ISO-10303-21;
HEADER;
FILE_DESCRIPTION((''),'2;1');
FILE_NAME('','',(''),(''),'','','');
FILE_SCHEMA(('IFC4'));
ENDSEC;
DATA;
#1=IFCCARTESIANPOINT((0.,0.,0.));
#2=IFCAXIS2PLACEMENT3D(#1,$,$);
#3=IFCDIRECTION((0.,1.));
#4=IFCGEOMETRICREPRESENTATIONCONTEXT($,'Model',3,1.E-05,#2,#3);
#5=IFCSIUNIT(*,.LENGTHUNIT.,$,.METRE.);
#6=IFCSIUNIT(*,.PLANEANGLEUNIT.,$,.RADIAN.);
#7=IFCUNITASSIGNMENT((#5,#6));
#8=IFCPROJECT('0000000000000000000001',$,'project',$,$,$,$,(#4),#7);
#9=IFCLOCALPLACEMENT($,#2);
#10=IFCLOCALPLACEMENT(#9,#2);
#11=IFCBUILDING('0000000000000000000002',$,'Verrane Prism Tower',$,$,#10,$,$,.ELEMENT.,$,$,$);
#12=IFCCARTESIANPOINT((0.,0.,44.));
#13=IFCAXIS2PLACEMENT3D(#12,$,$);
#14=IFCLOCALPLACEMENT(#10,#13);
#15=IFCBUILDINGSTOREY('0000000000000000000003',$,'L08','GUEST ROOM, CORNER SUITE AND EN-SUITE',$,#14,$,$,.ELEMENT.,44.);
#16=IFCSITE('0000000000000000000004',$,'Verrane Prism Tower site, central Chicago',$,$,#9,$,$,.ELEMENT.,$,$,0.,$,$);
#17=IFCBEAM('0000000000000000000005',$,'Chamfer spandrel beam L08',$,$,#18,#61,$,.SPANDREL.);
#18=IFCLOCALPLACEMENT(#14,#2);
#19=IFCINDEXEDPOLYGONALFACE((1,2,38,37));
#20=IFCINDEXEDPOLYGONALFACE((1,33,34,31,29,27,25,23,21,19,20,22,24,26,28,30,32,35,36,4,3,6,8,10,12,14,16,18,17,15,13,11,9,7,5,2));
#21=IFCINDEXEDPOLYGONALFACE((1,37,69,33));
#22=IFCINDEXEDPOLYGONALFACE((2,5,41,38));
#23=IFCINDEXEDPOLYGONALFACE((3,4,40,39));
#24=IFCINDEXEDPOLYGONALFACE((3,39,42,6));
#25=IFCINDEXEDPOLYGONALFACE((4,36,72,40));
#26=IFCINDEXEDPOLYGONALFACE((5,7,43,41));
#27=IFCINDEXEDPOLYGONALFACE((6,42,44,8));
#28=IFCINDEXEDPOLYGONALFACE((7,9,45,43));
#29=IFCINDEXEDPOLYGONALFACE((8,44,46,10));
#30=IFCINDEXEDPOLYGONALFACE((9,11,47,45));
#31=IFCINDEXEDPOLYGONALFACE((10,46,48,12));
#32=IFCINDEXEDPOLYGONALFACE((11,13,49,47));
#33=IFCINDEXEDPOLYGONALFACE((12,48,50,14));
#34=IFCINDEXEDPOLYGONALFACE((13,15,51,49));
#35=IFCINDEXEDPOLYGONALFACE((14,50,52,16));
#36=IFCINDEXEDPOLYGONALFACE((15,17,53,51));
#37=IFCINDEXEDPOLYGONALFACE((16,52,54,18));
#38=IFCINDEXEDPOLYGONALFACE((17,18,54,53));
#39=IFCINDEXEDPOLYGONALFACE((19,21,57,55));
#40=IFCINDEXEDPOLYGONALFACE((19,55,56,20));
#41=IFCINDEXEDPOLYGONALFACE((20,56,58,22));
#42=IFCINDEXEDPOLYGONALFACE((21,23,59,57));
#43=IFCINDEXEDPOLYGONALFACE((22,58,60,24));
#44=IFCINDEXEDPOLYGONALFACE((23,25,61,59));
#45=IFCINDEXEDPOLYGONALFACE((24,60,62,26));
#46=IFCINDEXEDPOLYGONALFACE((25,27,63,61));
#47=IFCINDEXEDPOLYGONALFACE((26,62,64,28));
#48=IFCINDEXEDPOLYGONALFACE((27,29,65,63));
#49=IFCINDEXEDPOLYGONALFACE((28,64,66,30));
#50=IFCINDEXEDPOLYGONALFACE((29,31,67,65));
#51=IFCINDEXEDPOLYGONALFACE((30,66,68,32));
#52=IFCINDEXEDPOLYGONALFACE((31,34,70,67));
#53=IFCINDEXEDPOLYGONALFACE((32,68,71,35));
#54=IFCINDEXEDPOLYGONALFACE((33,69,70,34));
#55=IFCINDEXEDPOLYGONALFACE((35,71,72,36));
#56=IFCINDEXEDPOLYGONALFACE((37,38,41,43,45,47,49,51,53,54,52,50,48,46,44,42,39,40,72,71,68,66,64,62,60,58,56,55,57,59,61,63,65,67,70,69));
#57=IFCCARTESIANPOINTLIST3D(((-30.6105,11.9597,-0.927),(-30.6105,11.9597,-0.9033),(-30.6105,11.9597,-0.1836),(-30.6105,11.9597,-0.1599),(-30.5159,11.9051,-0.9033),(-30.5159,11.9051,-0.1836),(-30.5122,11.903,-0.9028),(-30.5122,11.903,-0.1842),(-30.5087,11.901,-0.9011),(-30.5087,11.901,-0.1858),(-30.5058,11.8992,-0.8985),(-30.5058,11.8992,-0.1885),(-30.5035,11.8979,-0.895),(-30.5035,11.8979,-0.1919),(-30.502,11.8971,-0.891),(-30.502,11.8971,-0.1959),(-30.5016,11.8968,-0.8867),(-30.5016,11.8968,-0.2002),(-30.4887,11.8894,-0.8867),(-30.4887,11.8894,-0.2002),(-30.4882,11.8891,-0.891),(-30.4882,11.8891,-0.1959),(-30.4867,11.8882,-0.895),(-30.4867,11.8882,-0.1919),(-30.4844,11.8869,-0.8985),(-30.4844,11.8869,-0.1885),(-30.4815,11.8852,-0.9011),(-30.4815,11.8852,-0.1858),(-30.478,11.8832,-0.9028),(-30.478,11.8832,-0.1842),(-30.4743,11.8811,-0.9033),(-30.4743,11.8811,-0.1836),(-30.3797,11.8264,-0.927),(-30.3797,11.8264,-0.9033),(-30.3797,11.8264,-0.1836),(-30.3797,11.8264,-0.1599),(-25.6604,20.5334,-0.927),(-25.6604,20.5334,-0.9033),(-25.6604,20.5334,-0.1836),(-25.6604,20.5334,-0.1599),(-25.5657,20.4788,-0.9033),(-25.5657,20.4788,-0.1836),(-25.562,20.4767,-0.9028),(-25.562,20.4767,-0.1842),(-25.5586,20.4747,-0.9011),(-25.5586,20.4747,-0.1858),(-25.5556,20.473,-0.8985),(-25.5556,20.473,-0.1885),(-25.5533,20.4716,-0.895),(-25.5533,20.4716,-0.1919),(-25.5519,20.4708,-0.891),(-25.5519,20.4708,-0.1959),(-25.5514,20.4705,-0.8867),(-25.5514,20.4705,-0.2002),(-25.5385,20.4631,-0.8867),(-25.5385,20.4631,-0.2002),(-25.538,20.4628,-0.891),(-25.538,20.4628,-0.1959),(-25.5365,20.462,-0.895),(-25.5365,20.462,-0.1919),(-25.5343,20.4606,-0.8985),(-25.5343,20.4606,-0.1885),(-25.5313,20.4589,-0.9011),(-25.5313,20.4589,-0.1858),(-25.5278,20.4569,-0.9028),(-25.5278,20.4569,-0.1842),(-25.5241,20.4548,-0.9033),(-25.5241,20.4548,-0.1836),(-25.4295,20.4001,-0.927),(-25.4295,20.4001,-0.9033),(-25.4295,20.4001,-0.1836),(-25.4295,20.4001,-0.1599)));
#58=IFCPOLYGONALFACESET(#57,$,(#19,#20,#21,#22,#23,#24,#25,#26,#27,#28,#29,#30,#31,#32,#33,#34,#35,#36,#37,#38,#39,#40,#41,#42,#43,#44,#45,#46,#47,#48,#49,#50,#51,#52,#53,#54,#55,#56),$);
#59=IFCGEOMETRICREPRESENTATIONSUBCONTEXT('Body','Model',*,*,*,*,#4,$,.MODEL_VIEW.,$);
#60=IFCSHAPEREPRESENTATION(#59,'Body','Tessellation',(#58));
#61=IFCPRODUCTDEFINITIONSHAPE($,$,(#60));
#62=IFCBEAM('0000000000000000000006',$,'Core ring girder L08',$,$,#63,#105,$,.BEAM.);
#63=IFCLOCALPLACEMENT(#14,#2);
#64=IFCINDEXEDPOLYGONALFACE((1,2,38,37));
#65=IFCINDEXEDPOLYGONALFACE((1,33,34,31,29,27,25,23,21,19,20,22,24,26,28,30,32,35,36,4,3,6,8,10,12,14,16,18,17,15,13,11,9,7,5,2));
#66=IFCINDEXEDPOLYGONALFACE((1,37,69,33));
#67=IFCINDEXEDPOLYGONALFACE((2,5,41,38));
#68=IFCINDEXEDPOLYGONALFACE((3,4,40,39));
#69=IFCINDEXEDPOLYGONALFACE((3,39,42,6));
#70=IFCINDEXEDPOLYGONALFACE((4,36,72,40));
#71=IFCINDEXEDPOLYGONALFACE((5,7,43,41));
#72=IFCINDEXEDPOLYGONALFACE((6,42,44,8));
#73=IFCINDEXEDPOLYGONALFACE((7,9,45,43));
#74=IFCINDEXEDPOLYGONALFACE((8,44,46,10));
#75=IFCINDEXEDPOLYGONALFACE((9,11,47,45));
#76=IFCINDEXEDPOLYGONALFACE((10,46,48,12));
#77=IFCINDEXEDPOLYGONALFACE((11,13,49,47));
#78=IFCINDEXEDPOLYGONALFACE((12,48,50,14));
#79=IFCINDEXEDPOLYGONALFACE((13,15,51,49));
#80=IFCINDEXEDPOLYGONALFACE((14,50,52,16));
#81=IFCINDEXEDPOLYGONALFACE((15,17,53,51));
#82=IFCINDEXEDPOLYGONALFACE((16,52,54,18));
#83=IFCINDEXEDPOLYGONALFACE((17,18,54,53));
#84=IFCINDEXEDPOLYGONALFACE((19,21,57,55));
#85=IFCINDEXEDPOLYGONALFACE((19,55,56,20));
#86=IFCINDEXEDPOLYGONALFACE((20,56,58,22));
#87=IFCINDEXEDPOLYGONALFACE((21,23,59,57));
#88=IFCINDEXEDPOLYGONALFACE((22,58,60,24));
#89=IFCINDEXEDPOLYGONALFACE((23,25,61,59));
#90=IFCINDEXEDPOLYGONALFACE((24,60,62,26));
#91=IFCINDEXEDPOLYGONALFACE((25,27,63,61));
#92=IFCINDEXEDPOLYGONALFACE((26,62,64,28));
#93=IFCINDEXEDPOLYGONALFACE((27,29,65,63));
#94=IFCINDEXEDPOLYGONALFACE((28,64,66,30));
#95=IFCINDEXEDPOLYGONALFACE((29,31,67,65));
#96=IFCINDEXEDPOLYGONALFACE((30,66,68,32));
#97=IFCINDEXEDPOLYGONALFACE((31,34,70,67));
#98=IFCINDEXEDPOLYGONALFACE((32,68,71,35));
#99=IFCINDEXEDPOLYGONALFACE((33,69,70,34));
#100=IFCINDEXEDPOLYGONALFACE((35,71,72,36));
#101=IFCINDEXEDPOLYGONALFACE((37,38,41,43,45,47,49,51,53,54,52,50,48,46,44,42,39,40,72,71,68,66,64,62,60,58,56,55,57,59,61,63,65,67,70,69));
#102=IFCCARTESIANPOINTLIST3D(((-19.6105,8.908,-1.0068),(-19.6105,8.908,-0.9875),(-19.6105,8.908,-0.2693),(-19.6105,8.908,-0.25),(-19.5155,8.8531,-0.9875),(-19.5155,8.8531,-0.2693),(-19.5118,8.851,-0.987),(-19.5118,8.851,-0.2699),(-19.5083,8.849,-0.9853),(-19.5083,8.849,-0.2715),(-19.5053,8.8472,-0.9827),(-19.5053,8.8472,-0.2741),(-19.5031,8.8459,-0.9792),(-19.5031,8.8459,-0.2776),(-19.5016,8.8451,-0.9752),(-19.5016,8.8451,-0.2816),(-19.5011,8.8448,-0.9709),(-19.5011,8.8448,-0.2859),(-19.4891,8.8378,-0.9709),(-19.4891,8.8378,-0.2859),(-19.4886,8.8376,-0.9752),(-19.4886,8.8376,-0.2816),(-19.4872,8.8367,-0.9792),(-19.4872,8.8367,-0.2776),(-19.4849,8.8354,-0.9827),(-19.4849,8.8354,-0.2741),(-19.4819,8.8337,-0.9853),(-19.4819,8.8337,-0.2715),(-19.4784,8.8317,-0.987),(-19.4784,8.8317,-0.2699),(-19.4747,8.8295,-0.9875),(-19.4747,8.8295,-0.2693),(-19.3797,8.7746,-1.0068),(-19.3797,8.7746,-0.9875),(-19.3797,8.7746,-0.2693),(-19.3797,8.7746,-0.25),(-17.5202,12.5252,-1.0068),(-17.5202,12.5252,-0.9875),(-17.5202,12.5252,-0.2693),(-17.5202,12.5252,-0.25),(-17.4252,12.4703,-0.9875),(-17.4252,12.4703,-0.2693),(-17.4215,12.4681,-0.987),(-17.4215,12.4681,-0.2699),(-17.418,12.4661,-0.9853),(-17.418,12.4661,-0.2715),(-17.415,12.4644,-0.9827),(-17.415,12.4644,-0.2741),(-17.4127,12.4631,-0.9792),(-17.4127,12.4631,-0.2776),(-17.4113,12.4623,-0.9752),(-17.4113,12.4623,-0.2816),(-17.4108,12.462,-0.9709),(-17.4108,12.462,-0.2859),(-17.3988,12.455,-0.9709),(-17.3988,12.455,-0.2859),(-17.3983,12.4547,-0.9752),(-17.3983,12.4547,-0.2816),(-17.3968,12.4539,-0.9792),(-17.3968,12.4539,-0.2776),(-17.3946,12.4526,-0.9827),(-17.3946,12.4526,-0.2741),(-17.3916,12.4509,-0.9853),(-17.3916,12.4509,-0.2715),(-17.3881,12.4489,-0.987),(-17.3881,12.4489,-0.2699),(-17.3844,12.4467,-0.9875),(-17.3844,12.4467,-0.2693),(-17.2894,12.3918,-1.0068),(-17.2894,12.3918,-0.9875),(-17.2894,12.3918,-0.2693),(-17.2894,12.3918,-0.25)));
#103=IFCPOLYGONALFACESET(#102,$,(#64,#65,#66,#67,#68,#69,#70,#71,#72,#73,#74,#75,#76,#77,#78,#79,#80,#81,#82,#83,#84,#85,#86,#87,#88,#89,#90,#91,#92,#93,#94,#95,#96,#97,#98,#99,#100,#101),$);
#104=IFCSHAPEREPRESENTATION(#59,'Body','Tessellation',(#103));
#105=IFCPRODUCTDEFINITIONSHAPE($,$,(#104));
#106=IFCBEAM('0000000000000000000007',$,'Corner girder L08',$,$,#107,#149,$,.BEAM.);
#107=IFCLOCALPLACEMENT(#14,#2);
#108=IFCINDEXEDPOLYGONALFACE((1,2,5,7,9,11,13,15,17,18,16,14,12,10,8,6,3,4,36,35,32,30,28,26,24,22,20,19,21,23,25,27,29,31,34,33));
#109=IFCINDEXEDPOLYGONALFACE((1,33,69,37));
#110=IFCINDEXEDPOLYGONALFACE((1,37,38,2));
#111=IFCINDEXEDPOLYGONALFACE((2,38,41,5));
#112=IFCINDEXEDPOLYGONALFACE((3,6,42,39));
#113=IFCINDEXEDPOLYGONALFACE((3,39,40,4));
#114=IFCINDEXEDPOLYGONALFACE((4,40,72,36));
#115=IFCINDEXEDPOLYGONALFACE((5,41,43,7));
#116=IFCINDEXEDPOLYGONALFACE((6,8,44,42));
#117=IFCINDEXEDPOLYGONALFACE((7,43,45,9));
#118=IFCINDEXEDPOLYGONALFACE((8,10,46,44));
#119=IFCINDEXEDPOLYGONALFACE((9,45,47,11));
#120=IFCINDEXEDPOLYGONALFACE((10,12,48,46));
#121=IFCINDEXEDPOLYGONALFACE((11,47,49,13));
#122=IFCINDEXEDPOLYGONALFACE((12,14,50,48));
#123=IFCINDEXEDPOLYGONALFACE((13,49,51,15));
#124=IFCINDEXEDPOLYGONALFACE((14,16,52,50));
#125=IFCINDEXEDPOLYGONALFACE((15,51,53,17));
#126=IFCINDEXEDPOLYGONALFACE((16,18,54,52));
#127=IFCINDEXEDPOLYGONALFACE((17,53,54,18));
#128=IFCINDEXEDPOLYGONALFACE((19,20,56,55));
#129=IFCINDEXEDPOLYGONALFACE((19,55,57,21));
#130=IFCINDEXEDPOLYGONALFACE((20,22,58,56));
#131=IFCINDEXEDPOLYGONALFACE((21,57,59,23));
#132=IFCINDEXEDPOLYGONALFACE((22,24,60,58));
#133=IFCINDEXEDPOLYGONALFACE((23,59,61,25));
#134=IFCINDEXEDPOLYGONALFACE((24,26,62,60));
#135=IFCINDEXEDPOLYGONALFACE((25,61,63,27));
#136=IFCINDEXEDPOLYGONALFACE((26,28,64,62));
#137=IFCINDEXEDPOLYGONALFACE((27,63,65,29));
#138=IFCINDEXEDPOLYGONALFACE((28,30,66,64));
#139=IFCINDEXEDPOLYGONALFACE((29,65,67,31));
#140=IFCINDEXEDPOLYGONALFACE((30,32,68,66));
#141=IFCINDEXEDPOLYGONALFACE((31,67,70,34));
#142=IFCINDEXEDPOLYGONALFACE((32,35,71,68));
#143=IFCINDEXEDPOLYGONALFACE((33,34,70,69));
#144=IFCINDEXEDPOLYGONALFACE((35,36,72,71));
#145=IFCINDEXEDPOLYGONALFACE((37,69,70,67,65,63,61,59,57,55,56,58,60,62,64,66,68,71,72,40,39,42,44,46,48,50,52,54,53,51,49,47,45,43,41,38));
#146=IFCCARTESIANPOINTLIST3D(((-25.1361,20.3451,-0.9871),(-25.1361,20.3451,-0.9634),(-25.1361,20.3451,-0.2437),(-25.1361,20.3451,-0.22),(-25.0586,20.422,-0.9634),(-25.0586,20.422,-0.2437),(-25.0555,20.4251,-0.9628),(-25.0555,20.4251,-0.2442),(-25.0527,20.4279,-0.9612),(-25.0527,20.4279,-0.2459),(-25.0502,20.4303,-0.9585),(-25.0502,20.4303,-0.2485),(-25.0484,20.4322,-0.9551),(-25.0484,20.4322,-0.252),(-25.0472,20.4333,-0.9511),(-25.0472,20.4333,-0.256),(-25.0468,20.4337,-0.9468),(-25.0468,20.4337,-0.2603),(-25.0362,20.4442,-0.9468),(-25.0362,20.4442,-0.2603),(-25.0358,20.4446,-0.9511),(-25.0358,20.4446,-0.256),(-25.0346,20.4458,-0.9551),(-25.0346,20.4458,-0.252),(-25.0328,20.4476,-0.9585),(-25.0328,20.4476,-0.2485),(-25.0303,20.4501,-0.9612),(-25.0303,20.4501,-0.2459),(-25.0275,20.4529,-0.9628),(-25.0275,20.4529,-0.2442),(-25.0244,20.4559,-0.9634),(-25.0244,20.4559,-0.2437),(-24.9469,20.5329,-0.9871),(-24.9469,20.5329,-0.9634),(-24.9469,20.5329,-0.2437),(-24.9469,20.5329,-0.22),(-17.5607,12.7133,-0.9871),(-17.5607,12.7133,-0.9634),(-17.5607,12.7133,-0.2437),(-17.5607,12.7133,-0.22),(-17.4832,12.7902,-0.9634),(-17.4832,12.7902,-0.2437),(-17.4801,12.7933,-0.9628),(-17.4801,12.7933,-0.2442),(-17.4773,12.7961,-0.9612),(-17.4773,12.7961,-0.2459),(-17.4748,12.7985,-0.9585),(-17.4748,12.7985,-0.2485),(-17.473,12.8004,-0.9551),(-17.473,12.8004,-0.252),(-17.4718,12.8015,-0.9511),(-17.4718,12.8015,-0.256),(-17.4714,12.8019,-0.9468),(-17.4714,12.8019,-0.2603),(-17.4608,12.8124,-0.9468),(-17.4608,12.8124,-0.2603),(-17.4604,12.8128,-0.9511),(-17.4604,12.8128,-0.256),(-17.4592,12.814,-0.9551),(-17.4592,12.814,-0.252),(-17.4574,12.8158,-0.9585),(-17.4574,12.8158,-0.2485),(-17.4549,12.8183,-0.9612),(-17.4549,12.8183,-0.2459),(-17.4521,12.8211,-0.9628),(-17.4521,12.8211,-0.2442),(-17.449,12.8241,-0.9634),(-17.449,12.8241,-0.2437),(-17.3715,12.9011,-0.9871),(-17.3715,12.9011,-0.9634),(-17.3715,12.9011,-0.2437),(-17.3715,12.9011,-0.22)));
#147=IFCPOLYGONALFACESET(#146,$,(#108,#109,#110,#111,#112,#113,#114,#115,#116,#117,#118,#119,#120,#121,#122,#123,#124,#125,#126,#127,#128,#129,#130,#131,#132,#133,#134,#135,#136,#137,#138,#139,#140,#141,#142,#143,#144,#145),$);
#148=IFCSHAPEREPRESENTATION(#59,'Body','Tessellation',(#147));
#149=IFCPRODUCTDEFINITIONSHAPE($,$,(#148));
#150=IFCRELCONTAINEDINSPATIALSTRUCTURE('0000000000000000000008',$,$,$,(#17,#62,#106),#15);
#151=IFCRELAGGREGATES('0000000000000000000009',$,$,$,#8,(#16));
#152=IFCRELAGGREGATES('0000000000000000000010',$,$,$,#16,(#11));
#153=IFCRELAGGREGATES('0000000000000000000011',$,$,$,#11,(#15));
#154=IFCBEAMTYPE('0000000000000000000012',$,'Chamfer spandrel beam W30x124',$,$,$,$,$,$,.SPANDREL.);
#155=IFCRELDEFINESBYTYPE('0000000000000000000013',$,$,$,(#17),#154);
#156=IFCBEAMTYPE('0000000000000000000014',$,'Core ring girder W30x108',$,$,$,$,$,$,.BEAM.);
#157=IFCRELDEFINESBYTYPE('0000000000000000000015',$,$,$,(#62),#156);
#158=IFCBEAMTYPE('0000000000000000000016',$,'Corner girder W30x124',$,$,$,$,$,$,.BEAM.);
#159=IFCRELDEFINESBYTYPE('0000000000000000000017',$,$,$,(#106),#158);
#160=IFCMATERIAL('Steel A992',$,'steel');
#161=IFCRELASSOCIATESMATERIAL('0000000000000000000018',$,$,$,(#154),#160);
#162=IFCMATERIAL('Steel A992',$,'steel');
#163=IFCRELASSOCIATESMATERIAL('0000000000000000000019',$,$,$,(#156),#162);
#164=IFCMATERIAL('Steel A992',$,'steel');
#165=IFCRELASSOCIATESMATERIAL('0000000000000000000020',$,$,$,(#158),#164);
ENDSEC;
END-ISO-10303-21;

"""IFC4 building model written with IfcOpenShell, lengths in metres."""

from ifc_helpers import new_model, si_unit, direction, frame, origin, origin_2d, place, context, subcontext, project, spatial, i_section, extrude, material, material_profile, profile_set, type_object, element, save


model = new_model("IFC4")

# Units and contexts
model_context = context("Model", 3, precision=1e-05, world=origin(), true_north=direction((0.0, 1.0)))
body_context = subcontext(model_context, "Body", "Model", "MODEL_VIEW")
ifc_project = project(units=[si_unit("LENGTHUNIT", "METRE"), si_unit("PLANEANGLEUNIT", "RADIAN")], contexts=[model_context])

# Site, building, storey
site_placement = place(None, origin())
site = spatial("IfcSite", under=ifc_project, at=site_placement, Name="Verrane Prism Tower site, central Chicago", CompositionType="ELEMENT", RefElevation=0.0)
building_placement = place(site_placement, origin())
building = spatial("IfcBuilding", under=site, at=building_placement, Name="Verrane Prism Tower", CompositionType="ELEMENT")
storey_placement = place(building_placement, frame((0.0, 0.0, 44.0)))
storey = spatial("IfcBuildingStorey", under=building, at=storey_placement, Name="L08", Description="GUEST ROOM, CORNER SUITE AND EN-SUITE", CompositionType="ELEMENT", Elevation=44.0)

# Beams
ifc_material_1 = material(Name="Steel A992", Category="steel")
ifc_material_profile_1 = material_profile(ifc_material_1, i_section(OverallWidth=0.2666, OverallDepth=0.7671, WebThickness=0.0149, FlangeThickness=0.0237, FilletRadius=0.0166, at=origin_2d()), Name="W30x124")
ifc_profile_set_1 = profile_set([ifc_material_profile_1], Name="Steel A992")
beam_type_1 = type_object("IfcBeamType", Name="Chamfer spandrel beam W30x124", PredefinedType="SPANDREL", material=ifc_profile_set_1)
beam_1_placement = place(storey_placement, frame((-25.5449, 20.4668, -0.5435), z_axis=(-0.500011, -0.866019, 0.0), x_axis=(0.866019, -0.500011, 0.0)))
element("IfcBeam", 1, at=beam_1_placement, inside=storey, type_object=beam_type_1, Name="Chamfer spandrel beam L08", PredefinedType="SPANDREL", context=body_context, shape_type="SweptSolid", body=[
    extrude(i_section(OverallWidth=0.2666, OverallDepth=0.7671, WebThickness=0.0149, FlangeThickness=0.0237, FilletRadius=0.0166, at=origin_2d()), origin(), (0.0, 0.0, 1.0), 9.9001),
])
ifc_material_2 = material(Name="Steel A992", Category="steel")
ifc_material_profile_2 = material_profile(ifc_material_2, i_section(OverallWidth=0.2666, OverallDepth=0.7568, WebThickness=0.0139, FlangeThickness=0.0193, FilletRadius=0.0166, at=origin_2d()), Name="W30x108")
ifc_profile_set_2 = profile_set([ifc_material_profile_2], Name="Steel A992")
beam_type_2 = type_object("IfcBeamType", Name="Core ring girder W30x108", PredefinedType="BEAM", material=ifc_profile_set_2)
beam_2_placement = place(storey_placement, frame((-17.4048, 12.4585, -0.6284), z_axis=(-0.50035, -0.865823, 0.0), x_axis=(0.865823, -0.50035, 0.0)))
element("IfcBeam", 2, at=beam_2_placement, inside=storey, type_object=beam_type_2, Name="Core ring girder L08", PredefinedType="BEAM", context=body_context, shape_type="SweptSolid", body=[
    extrude(i_section(OverallWidth=0.2666, OverallDepth=0.7568, WebThickness=0.0139, FlangeThickness=0.0193, FilletRadius=0.0166, at=origin_2d()), origin(), (0.0, 0.0, 1.0), 4.1777),
])
ifc_material_3 = material(Name="Steel A992", Category="steel")
ifc_material_profile_3 = material_profile(ifc_material_3, i_section(OverallWidth=0.2666, OverallDepth=0.7671, WebThickness=0.0149, FlangeThickness=0.0237, FilletRadius=0.0166, at=origin_2d()), Name="W30x124")
ifc_profile_set_3 = profile_set([ifc_material_profile_3], Name="Steel A992")
beam_type_3 = type_object("IfcBeamType", Name="Corner girder W30x124", PredefinedType="BEAM", material=ifc_profile_set_3)
beam_3_placement = place(storey_placement, frame((-25.0415, 20.439, -0.6035), z_axis=(0.70448, -0.709724, 0.0), x_axis=(0.709724, 0.70448, 0.0)))
element("IfcBeam", 3, at=beam_3_placement, inside=storey, type_object=beam_type_3, Name="Corner girder L08", PredefinedType="BEAM", context=body_context, shape_type="SweptSolid", body=[
    extrude(i_section(OverallWidth=0.2666, OverallDepth=0.7671, WebThickness=0.0149, FlangeThickness=0.0237, FilletRadius=0.0166, at=origin_2d()), origin(), (0.0, 0.0, 1.0), 10.7532),
])

save(model, "model.ifc")
